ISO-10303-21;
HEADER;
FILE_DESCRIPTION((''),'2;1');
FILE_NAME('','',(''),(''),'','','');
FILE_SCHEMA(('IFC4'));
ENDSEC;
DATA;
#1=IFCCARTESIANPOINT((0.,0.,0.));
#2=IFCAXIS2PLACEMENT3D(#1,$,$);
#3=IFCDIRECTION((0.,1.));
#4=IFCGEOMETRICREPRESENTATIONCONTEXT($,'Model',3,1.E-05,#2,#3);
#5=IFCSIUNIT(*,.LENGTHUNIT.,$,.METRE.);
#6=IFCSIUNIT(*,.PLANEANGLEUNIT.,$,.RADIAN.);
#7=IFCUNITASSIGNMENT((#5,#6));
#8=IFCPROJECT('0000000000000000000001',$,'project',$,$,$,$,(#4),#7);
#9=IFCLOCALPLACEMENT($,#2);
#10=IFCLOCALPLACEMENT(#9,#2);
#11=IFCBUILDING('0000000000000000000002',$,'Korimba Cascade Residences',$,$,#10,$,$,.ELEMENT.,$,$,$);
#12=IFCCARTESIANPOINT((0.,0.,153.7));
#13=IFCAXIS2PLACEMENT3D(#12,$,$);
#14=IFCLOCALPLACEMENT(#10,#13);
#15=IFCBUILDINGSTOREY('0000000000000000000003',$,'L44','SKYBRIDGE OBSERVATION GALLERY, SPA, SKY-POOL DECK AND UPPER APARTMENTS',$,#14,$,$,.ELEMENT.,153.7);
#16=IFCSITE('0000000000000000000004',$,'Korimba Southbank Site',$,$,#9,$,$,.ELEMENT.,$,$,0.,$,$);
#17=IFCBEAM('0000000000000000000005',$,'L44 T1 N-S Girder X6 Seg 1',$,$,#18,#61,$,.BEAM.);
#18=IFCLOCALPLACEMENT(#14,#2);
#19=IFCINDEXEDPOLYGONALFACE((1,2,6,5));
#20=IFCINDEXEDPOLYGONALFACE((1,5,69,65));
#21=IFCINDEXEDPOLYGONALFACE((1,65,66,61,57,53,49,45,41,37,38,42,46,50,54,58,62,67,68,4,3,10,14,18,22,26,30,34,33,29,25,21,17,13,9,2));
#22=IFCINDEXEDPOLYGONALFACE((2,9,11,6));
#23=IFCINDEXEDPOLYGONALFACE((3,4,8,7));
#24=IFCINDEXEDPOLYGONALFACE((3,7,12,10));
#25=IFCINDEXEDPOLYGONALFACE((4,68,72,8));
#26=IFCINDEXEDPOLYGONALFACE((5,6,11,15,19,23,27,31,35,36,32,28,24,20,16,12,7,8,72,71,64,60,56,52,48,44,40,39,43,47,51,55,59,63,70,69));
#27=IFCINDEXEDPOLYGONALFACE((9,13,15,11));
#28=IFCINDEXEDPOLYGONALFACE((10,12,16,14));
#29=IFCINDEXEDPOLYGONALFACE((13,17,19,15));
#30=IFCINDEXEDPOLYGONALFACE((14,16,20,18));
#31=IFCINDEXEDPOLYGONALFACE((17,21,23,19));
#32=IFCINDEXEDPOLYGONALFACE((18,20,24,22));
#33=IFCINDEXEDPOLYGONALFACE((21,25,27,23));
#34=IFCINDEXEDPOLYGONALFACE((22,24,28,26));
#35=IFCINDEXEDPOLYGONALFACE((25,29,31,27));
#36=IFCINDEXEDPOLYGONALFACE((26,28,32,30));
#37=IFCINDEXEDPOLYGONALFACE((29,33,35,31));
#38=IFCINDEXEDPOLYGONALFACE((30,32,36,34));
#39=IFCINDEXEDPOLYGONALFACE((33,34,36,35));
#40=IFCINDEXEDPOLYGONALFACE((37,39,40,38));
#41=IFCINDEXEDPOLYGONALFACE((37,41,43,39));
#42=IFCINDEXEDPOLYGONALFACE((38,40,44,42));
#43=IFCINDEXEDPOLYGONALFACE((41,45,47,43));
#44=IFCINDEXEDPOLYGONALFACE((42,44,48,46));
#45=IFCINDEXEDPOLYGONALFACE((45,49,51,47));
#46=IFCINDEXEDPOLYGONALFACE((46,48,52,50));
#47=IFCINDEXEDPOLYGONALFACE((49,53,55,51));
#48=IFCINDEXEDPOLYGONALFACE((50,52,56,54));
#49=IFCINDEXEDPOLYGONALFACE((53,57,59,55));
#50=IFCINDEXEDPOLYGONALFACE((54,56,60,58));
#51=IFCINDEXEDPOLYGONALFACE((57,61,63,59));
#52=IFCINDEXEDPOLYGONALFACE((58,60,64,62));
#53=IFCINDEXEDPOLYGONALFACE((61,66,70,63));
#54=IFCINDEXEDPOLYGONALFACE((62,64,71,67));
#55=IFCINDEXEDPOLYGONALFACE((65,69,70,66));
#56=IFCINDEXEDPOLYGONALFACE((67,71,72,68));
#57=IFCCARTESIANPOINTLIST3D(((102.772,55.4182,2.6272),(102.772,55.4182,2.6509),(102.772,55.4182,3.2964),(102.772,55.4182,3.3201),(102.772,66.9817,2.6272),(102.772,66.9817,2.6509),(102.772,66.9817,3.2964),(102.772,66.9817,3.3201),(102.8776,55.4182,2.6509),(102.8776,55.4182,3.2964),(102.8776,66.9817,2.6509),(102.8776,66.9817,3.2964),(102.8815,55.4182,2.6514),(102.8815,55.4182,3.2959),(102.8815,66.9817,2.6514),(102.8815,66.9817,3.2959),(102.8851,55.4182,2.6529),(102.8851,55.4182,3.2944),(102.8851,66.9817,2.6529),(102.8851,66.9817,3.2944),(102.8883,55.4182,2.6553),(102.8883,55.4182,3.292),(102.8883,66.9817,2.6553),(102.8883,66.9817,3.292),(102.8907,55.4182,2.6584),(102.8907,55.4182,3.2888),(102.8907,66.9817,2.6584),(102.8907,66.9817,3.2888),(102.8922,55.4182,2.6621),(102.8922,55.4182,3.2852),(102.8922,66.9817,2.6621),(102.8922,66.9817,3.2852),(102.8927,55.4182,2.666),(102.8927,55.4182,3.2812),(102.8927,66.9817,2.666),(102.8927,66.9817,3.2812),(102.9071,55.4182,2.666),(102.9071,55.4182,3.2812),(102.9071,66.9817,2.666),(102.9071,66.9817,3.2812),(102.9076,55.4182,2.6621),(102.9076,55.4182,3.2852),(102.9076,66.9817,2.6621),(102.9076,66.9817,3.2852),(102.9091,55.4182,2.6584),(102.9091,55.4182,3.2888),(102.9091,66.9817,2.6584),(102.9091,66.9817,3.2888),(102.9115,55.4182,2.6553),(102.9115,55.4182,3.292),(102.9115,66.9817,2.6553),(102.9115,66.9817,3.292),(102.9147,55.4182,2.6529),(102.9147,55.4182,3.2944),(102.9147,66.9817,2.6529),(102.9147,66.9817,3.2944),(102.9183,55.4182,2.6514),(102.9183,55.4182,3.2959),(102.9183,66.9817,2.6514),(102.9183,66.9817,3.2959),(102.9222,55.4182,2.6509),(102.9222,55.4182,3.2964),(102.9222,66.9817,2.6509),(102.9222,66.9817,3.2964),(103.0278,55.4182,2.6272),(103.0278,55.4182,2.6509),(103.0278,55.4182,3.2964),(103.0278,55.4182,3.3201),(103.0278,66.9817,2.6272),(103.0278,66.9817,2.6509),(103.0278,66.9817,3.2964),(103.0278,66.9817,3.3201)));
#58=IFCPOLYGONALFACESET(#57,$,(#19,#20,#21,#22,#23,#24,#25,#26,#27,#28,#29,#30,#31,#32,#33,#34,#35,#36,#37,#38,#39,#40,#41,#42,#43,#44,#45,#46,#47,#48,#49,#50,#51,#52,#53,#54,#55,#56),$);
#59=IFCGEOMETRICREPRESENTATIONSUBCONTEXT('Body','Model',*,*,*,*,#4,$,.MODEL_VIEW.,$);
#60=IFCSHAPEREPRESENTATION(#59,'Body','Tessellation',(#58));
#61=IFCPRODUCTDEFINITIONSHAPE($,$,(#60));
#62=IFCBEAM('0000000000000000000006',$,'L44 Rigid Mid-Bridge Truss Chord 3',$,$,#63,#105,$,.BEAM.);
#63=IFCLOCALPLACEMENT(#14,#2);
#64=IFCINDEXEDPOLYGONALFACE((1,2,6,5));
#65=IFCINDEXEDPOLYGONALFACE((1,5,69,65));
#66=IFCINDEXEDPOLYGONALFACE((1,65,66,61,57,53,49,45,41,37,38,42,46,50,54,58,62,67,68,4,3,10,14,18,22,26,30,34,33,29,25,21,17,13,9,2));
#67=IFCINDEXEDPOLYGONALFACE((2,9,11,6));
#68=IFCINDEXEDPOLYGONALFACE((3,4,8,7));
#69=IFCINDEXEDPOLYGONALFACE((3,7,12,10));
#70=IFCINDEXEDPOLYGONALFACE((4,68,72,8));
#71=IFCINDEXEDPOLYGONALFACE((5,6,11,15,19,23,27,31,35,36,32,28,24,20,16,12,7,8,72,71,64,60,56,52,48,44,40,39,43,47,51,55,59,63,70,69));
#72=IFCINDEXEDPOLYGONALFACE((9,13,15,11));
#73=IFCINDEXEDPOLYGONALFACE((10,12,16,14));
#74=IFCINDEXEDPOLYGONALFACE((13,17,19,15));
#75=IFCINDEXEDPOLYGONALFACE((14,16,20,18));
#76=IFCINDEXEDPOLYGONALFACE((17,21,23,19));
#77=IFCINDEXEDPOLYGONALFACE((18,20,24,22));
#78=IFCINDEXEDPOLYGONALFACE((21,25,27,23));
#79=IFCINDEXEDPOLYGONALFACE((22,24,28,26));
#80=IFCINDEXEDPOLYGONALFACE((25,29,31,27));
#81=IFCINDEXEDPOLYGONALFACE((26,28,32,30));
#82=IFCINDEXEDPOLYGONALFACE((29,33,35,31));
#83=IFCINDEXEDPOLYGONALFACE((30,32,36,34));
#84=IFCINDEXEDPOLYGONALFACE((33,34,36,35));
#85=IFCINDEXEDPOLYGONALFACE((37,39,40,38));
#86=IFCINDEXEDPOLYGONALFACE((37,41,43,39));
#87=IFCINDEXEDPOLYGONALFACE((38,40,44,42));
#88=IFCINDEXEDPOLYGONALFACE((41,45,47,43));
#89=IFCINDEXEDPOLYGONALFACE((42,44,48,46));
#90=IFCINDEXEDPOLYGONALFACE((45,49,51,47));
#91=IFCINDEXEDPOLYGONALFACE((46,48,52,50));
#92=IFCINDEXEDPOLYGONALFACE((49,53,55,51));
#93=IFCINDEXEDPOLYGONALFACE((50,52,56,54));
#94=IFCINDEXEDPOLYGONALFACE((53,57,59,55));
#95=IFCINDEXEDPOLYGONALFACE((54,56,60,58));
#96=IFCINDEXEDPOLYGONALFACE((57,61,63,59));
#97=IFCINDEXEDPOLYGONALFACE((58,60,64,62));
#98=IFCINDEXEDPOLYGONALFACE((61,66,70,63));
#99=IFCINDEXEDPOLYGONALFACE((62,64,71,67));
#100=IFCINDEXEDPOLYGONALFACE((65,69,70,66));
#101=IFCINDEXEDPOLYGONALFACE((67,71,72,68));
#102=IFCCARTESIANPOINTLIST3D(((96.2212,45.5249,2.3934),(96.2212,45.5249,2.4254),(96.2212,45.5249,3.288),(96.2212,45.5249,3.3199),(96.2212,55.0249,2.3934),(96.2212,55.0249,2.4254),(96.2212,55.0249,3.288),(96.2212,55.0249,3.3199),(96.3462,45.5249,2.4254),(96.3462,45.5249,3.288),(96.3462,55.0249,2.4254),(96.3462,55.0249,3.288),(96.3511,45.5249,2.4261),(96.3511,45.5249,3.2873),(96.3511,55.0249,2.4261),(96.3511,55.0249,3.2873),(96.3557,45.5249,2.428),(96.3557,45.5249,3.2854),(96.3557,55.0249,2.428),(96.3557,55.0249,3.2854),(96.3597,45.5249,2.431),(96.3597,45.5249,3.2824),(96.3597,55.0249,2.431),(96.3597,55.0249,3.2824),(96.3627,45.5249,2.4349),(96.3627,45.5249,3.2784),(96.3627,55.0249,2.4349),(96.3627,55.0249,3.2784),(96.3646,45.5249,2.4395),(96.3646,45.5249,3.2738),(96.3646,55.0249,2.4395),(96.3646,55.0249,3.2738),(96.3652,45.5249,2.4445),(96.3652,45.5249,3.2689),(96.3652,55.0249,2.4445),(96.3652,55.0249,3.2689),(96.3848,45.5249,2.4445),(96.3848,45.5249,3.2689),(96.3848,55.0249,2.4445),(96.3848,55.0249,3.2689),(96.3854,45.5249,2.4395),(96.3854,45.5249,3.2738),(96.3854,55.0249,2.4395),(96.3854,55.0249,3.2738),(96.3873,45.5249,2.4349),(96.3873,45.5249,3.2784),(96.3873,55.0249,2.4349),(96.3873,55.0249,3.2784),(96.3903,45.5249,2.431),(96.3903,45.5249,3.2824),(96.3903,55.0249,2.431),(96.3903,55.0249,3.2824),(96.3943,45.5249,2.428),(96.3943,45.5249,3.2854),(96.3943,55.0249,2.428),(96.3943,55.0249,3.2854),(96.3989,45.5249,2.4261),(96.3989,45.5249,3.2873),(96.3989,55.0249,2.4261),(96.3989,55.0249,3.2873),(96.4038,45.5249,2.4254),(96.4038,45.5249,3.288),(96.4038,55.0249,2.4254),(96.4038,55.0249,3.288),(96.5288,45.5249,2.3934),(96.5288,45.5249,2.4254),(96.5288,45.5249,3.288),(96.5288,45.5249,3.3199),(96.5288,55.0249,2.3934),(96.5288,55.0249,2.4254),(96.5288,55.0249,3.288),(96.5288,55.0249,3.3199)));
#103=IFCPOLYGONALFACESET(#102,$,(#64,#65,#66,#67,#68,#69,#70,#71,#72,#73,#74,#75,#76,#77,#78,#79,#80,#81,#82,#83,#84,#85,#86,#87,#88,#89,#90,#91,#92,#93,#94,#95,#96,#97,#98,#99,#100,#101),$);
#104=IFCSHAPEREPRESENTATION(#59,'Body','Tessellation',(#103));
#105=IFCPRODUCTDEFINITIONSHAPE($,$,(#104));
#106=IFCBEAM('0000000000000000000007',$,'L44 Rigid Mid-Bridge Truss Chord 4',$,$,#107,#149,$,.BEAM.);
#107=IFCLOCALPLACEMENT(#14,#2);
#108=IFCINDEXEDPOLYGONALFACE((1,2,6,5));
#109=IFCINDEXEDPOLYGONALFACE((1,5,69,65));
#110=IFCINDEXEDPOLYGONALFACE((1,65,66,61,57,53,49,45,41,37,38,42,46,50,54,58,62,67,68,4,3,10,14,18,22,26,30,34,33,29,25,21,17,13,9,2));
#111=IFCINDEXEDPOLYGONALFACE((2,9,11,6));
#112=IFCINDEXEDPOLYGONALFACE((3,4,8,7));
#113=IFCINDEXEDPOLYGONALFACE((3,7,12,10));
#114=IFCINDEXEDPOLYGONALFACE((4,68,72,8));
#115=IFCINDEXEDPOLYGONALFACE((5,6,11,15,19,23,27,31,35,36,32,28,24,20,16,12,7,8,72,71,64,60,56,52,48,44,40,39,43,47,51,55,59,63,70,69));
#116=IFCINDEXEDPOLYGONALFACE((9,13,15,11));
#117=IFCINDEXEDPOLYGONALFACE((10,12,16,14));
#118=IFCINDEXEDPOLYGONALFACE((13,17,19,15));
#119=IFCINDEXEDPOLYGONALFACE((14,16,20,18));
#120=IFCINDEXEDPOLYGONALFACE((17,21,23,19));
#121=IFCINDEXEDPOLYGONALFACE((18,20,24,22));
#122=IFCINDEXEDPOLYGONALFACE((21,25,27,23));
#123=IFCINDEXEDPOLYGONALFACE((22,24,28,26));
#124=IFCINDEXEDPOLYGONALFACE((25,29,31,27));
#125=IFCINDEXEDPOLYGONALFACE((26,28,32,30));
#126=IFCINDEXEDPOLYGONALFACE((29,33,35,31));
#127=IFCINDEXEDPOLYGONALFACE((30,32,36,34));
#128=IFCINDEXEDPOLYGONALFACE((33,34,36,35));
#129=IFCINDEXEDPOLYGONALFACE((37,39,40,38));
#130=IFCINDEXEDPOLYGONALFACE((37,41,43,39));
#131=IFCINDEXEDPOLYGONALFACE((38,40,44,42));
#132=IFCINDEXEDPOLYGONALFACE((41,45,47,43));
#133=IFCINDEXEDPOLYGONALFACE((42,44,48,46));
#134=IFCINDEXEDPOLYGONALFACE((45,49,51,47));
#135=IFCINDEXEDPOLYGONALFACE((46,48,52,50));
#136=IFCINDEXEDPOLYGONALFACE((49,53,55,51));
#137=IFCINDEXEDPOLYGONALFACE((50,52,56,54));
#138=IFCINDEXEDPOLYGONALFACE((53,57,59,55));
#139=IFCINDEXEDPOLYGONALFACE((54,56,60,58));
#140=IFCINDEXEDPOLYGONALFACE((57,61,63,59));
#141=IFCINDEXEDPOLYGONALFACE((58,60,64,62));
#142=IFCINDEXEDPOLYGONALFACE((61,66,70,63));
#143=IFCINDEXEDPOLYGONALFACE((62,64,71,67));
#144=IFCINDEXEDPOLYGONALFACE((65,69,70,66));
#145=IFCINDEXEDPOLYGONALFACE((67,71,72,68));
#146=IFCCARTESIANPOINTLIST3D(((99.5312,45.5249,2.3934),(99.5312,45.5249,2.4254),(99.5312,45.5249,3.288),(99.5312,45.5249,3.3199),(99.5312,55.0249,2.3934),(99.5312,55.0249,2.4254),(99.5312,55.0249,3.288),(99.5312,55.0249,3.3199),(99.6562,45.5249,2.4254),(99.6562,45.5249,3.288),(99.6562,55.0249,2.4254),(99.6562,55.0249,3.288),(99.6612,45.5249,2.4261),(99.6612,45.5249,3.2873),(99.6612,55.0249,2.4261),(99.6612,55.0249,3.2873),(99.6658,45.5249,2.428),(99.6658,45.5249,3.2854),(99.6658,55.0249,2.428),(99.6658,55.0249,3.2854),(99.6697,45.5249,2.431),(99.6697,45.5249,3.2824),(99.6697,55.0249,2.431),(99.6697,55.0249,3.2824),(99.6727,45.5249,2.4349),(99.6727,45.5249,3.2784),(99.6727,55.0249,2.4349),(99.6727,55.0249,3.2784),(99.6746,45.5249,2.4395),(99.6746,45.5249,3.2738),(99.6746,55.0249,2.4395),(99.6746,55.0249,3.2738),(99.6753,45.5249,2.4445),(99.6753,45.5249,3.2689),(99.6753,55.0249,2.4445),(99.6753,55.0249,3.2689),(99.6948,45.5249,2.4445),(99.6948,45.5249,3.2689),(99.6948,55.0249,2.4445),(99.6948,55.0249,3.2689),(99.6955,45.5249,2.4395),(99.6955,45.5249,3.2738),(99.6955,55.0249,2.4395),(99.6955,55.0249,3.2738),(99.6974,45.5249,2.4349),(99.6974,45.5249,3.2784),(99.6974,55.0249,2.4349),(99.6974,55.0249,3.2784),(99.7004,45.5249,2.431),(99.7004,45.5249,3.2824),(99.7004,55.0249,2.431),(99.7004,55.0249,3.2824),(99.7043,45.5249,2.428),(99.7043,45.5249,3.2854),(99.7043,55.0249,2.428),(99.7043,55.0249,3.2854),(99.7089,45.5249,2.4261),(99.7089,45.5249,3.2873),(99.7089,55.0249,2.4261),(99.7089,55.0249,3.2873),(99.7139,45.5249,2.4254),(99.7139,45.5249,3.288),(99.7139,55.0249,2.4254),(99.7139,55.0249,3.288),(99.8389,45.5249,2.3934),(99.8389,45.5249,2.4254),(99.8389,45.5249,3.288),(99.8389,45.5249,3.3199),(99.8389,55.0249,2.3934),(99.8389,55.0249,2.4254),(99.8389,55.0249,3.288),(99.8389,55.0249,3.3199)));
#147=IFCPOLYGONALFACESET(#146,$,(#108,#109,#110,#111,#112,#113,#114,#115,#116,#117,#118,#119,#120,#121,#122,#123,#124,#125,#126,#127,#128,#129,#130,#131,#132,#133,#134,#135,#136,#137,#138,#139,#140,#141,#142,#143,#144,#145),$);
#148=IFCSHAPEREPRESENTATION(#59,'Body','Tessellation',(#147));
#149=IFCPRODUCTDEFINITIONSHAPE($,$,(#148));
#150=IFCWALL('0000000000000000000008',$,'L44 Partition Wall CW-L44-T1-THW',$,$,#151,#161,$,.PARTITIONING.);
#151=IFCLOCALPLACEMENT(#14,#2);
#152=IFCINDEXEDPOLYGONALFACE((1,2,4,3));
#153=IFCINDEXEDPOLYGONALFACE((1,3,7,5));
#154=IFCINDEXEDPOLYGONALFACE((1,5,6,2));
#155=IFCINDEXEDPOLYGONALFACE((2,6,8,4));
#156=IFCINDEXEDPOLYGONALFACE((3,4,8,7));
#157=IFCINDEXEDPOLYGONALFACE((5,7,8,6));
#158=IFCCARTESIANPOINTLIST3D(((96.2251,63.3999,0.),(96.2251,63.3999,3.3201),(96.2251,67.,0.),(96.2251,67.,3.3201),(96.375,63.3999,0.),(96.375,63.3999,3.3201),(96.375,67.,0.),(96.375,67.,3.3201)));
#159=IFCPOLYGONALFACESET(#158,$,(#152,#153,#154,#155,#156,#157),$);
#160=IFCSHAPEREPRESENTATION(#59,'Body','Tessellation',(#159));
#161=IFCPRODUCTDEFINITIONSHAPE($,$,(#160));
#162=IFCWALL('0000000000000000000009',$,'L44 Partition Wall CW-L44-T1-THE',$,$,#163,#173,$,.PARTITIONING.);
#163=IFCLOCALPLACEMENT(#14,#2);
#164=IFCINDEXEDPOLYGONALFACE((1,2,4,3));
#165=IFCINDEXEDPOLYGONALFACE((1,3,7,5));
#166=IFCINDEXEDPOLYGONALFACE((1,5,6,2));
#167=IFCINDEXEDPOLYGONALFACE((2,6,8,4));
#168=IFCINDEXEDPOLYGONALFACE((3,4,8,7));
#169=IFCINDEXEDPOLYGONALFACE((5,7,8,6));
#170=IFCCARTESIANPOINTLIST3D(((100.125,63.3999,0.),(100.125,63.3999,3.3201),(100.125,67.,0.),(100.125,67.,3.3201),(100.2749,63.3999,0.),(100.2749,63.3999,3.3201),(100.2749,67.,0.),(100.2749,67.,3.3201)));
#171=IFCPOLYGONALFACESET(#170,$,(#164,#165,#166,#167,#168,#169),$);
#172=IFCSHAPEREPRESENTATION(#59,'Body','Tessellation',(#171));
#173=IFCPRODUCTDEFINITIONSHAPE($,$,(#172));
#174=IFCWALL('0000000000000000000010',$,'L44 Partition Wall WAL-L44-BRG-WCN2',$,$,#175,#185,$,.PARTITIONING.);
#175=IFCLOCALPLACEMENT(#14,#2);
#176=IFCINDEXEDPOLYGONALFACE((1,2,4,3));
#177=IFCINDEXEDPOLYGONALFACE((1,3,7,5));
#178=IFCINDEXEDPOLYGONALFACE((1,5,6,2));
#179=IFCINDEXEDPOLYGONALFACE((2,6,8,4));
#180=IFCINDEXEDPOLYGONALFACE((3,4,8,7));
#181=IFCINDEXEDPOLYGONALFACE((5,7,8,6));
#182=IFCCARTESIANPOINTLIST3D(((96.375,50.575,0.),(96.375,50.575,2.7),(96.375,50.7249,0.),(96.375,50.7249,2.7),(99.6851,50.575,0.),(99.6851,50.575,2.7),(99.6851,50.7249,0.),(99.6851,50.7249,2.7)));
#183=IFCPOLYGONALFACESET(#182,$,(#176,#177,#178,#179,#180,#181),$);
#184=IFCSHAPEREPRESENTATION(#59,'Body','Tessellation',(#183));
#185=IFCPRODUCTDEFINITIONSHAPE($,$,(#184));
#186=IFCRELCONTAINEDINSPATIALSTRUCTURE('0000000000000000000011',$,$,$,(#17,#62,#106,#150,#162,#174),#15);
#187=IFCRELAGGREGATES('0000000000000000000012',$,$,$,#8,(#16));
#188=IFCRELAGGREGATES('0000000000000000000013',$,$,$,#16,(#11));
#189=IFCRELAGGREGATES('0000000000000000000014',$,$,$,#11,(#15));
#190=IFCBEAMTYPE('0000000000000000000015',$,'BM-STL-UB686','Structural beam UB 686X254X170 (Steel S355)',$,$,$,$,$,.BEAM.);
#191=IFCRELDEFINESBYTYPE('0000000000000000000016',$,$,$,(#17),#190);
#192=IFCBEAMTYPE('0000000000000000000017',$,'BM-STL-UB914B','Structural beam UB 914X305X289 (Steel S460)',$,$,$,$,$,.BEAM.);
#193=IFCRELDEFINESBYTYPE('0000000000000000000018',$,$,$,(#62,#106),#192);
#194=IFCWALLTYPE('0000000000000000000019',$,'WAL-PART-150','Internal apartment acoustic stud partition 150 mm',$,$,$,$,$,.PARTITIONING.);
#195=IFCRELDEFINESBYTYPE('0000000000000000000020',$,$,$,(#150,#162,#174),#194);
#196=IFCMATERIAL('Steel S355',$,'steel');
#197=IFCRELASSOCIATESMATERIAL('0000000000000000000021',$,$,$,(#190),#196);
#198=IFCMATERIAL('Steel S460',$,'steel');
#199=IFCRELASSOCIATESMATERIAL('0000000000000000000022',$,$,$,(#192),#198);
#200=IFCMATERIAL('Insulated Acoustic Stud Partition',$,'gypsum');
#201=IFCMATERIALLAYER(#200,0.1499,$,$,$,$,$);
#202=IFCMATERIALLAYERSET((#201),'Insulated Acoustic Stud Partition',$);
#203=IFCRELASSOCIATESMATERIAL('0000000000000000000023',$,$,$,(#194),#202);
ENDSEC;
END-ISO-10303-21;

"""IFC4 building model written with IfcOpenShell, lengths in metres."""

from ifc_helpers import new_model, si_unit, direction, frame, frame_2d, origin, origin_2d, place, context, subcontext, project, spatial, rectangle, i_section, extrude, material, layer, layer_set, material_profile, profile_set, type_object, element, save


model = new_model("IFC4")

# Units and contexts
model_context = context("Model", 3, precision=1e-05, world=origin(), true_north=direction((0.0, 1.0)))
body_context = subcontext(model_context, "Body", "Model", "MODEL_VIEW")
ifc_project = project(units=[si_unit("LENGTHUNIT", "METRE"), si_unit("PLANEANGLEUNIT", "RADIAN")], contexts=[model_context])

# Site, building, storey
site_placement = place(None, origin())
site = spatial("IfcSite", under=ifc_project, at=site_placement, Name="Korimba Southbank Site", CompositionType="ELEMENT", RefElevation=0.0)
building_placement = place(site_placement, origin())
building = spatial("IfcBuilding", under=site, at=building_placement, Name="Korimba Cascade Residences", CompositionType="ELEMENT")
storey_placement = place(building_placement, frame((0.0, 0.0, 153.7)))
storey = spatial("IfcBuildingStorey", under=building, at=storey_placement, Name="L44", Description="SKYBRIDGE OBSERVATION GALLERY, SPA, SKY-POOL DECK AND UPPER APARTMENTS", CompositionType="ELEMENT", Elevation=153.7)

# Shared definitions
ifc_material_1 = material(Name="Steel S460", Category="steel")

# Beams
ifc_material_2 = material(Name="Steel S355", Category="steel")
ifc_material_profile_1 = material_profile(ifc_material_2, i_section(OverallWidth=0.2559, OverallDepth=0.6929, WebThickness=0.0144, FlangeThickness=0.0237, FilletRadius=0.0151, at=origin_2d()), Name="Steel S355")
ifc_profile_set_1 = profile_set([ifc_material_profile_1], Name="Steel S355")
beam_type_1 = type_object("IfcBeamType", Name="BM-STL-UB686", Description="Structural beam UB 686X254X170 (Steel S355)", PredefinedType="BEAM", material=ifc_profile_set_1)
beam_1_placement = place(storey_placement, frame((102.8999, 55.4182, 2.9736), z_axis=(0.0, 1.0, 0.0), x_axis=(-1.0, 0.0, 0.0)))
element("IfcBeam", 1, at=beam_1_placement, inside=storey, type_object=beam_type_1, Name="L44 T1 N-S Girder X6 Seg 1", PredefinedType="BEAM", context=body_context, shape_type="SweptSolid", body=[
    extrude(i_section(OverallWidth=0.2559, OverallDepth=0.6929, WebThickness=0.0144, FlangeThickness=0.0237, FilletRadius=0.0151, at=origin_2d()), origin(), (0.0, 0.0, 1.0), 11.5635),
])
ifc_material_profile_2 = material_profile(ifc_material_1, i_section(OverallWidth=0.3076, OverallDepth=0.9265, WebThickness=0.0195, FlangeThickness=0.032, FilletRadius=0.019, at=origin_2d()), Name="Steel S460")
ifc_profile_set_2 = profile_set([ifc_material_profile_2], Name="Steel S460")
beam_type_2 = type_object("IfcBeamType", Name="BM-STL-UB914B", Description="Structural beam UB 914X305X289 (Steel S460)", PredefinedType="BEAM", material=ifc_profile_set_2)
for number, where, z_axis, x_axis, name in (
    (2, (96.375, 45.5249, 2.8567), (0.0, 1.0, 0.0), (-1.0, 0.0, 0.0), "L44 Rigid Mid-Bridge Truss Chord 3"),
    (3, (99.6851, 45.5249, 2.8567), (0.0, 1.0, 0.0), (-1.0, 0.0, 0.0), "L44 Rigid Mid-Bridge Truss Chord 4"),
):
    element("IfcBeam", number, at=place(storey_placement, frame(where, z_axis=z_axis, x_axis=x_axis)), inside=storey, type_object=beam_type_2, Name=name, PredefinedType="BEAM", context=body_context, shape_type="SweptSolid", body=[
        extrude(i_section(OverallWidth=0.3076, OverallDepth=0.9265, WebThickness=0.0195, FlangeThickness=0.032, FilletRadius=0.019, at=origin_2d()), origin(), (0.0, 0.0, 1.0), 9.5),
    ])

# Walls
ifc_material_3 = material(Name="Insulated Acoustic Stud Partition", Category="gypsum")
ifc_layer_1 = layer(ifc_material_3, 0.1499)
ifc_layer_set_1 = layer_set([ifc_layer_1], Name="Insulated Acoustic Stud Partition")
wall_type_1 = type_object("IfcWallType", Name="WAL-PART-150", Description="Internal apartment acoustic stud partition 150 mm", PredefinedType="PARTITIONING", material=ifc_layer_set_1)
for number, where, z_axis, x_axis, name in (
    (4, (96.3, 63.3999, 0.0), (0.0, 0.0, 1.0), (0.0, 1.0, 0.0), "L44 Partition Wall CW-L44-T1-THW"),
    (5, (100.2, 63.3999, 0.0), (0.0, 0.0, 1.0), (0.0, 1.0, 0.0), "L44 Partition Wall CW-L44-T1-THE"),
):
    element("IfcWall", number, at=place(storey_placement, frame(where, z_axis=z_axis, x_axis=x_axis)), inside=storey, type_object=wall_type_1, Name=name, PredefinedType="PARTITIONING", context=body_context, shape_type="SweptSolid", body=[
        extrude(rectangle(XDim=3.6001, YDim=0.1499, at=frame_2d((1.8, 0.0))), origin(), (0.0, 0.0, 1.0), 3.3201),
    ])
wall_1_placement = place(storey_placement, frame((96.375, 50.6499, 0.0), z_axis=(0.0, 0.0, 1.0), x_axis=(1.0, 0.0, 0.0)))
element("IfcWall", 6, at=wall_1_placement, inside=storey, type_object=wall_type_1, Name="L44 Partition Wall WAL-L44-BRG-WCN2", PredefinedType="PARTITIONING", context=body_context, shape_type="SweptSolid", body=[
    extrude(rectangle(XDim=3.3101, YDim=0.1499, at=frame_2d((1.655, 0.0))), origin(), (0.0, 0.0, 1.0), 2.7),
])

save(model, "model.ifc")
